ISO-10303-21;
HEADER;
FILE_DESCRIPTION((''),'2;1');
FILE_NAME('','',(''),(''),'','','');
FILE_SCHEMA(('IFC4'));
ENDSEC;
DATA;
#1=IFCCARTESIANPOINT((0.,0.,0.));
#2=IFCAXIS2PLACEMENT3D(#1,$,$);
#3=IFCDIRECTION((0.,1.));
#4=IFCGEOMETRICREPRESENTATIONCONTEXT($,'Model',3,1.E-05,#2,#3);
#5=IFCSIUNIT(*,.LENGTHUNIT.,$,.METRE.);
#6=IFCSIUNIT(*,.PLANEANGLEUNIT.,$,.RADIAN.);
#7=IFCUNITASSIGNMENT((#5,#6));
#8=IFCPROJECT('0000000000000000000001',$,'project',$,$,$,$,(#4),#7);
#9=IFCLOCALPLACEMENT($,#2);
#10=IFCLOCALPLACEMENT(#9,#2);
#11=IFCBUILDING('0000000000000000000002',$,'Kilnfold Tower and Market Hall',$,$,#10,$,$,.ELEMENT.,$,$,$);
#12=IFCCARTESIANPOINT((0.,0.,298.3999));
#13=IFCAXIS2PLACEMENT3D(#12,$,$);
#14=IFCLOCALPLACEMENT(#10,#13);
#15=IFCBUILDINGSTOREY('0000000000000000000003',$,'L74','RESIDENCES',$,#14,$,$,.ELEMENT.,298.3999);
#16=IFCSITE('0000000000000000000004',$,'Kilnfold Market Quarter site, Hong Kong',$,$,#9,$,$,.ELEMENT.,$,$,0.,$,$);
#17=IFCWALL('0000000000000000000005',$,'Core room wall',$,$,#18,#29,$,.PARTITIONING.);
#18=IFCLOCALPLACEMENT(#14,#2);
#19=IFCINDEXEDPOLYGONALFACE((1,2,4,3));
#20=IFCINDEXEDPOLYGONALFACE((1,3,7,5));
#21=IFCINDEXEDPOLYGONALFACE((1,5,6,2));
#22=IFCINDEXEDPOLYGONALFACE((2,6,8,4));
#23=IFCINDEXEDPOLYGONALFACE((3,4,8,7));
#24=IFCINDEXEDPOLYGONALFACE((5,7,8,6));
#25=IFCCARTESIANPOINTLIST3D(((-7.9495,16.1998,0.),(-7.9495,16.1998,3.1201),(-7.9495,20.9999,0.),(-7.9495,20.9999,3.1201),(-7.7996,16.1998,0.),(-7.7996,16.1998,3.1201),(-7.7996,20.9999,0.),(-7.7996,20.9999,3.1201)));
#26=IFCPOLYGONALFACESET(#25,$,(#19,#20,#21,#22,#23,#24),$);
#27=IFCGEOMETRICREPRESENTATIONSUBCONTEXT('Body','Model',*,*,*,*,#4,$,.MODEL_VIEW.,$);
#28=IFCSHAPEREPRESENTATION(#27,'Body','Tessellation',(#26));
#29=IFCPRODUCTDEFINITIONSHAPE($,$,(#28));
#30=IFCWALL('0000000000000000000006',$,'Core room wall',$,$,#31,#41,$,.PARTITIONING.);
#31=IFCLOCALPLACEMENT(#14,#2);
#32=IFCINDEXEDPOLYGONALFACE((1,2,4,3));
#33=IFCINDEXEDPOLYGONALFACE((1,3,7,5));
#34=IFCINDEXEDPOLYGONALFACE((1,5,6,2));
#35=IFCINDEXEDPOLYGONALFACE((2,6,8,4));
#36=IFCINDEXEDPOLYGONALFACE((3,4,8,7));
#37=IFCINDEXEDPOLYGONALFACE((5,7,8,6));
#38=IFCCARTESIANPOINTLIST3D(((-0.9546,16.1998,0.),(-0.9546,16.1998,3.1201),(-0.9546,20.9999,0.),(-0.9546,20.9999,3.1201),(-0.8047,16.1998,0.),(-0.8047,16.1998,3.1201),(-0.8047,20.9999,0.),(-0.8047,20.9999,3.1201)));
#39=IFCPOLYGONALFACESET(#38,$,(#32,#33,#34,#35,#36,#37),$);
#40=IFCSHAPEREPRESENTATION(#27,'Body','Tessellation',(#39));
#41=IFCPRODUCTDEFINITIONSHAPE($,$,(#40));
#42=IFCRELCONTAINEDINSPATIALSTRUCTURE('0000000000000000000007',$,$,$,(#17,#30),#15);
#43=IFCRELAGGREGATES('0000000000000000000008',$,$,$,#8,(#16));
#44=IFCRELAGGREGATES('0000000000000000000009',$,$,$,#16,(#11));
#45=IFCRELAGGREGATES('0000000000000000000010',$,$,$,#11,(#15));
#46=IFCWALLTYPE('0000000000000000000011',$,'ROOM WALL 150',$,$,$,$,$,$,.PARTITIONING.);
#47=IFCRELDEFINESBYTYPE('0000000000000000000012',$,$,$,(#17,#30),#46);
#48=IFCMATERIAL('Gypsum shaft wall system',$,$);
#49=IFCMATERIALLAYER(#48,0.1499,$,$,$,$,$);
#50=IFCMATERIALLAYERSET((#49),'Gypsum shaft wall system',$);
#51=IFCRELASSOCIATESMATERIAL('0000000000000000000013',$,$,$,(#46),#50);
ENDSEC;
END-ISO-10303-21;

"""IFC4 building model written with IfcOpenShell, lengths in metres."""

from ifc_helpers import new_model, si_unit, direction, frame, frame_2d, origin, place, context, subcontext, project, spatial, rectangle, extrude, source, transform, mapped, material, layer, layer_set, type_object, element, save


model = new_model("IFC4")

# Units and contexts
model_context = context("Model", 3, precision=1e-05, world=origin(), true_north=direction((0.0, 1.0)))
body_context = subcontext(model_context, "Body", "Model", "MODEL_VIEW")
ifc_project = project(units=[si_unit("LENGTHUNIT", "METRE"), si_unit("PLANEANGLEUNIT", "RADIAN")], contexts=[model_context])

# Site, building, storey
site_placement = place(None, origin())
site = spatial("IfcSite", under=ifc_project, at=site_placement, Name="Kilnfold Market Quarter site, Hong Kong", CompositionType="ELEMENT", RefElevation=0.0)
building_placement = place(site_placement, origin())
building = spatial("IfcBuilding", under=site, at=building_placement, Name="Kilnfold Tower and Market Hall", CompositionType="ELEMENT")
storey_placement = place(building_placement, frame((0.0, 0.0, 298.3999)))
storey = spatial("IfcBuildingStorey", under=building, at=storey_placement, Name="L74", Description="RESIDENCES", CompositionType="ELEMENT", Elevation=298.3999)

# Walls
ifc_material_1 = material(Name="Gypsum shaft wall system")
ifc_layer_1 = layer(ifc_material_1, 0.1499)
ifc_layer_set_1 = layer_set([ifc_layer_1], Name="Gypsum shaft wall system")
wall_type_1 = type_object("IfcWallType", Name="ROOM WALL 150", PredefinedType="PARTITIONING", material=ifc_layer_set_1)
shared_shape_1 = source(origin(), body_context, "Body", "SweptSolid", [
    extrude(rectangle(XDim=4.8, YDim=0.1499, at=frame_2d((2.3999, 0.0))), origin(), (0.0, 0.0, 1.0), 3.1201),
])
for number, where, z_axis, x_axis, name in (
    (1, (-7.8745, 16.2, 0.0), (0.0, 0.0, 1.0), (0.0, 1.0, 0.0), "Core room wall"),
    (2, (-0.8796, 16.2, 0.0), (0.0, 0.0, 1.0), (0.0, 1.0, 0.0), "Core room wall"),
):
    element("IfcWall", number, at=place(storey_placement, frame(where, z_axis=z_axis, x_axis=x_axis)), inside=storey, type_object=wall_type_1, Name=name, PredefinedType="PARTITIONING", context=body_context, shape_type="MappedRepresentation", body=[
        mapped(shared_shape_1, transform((0.0, 0.0, 0.0))),
    ])

save(model, "model.ifc")
